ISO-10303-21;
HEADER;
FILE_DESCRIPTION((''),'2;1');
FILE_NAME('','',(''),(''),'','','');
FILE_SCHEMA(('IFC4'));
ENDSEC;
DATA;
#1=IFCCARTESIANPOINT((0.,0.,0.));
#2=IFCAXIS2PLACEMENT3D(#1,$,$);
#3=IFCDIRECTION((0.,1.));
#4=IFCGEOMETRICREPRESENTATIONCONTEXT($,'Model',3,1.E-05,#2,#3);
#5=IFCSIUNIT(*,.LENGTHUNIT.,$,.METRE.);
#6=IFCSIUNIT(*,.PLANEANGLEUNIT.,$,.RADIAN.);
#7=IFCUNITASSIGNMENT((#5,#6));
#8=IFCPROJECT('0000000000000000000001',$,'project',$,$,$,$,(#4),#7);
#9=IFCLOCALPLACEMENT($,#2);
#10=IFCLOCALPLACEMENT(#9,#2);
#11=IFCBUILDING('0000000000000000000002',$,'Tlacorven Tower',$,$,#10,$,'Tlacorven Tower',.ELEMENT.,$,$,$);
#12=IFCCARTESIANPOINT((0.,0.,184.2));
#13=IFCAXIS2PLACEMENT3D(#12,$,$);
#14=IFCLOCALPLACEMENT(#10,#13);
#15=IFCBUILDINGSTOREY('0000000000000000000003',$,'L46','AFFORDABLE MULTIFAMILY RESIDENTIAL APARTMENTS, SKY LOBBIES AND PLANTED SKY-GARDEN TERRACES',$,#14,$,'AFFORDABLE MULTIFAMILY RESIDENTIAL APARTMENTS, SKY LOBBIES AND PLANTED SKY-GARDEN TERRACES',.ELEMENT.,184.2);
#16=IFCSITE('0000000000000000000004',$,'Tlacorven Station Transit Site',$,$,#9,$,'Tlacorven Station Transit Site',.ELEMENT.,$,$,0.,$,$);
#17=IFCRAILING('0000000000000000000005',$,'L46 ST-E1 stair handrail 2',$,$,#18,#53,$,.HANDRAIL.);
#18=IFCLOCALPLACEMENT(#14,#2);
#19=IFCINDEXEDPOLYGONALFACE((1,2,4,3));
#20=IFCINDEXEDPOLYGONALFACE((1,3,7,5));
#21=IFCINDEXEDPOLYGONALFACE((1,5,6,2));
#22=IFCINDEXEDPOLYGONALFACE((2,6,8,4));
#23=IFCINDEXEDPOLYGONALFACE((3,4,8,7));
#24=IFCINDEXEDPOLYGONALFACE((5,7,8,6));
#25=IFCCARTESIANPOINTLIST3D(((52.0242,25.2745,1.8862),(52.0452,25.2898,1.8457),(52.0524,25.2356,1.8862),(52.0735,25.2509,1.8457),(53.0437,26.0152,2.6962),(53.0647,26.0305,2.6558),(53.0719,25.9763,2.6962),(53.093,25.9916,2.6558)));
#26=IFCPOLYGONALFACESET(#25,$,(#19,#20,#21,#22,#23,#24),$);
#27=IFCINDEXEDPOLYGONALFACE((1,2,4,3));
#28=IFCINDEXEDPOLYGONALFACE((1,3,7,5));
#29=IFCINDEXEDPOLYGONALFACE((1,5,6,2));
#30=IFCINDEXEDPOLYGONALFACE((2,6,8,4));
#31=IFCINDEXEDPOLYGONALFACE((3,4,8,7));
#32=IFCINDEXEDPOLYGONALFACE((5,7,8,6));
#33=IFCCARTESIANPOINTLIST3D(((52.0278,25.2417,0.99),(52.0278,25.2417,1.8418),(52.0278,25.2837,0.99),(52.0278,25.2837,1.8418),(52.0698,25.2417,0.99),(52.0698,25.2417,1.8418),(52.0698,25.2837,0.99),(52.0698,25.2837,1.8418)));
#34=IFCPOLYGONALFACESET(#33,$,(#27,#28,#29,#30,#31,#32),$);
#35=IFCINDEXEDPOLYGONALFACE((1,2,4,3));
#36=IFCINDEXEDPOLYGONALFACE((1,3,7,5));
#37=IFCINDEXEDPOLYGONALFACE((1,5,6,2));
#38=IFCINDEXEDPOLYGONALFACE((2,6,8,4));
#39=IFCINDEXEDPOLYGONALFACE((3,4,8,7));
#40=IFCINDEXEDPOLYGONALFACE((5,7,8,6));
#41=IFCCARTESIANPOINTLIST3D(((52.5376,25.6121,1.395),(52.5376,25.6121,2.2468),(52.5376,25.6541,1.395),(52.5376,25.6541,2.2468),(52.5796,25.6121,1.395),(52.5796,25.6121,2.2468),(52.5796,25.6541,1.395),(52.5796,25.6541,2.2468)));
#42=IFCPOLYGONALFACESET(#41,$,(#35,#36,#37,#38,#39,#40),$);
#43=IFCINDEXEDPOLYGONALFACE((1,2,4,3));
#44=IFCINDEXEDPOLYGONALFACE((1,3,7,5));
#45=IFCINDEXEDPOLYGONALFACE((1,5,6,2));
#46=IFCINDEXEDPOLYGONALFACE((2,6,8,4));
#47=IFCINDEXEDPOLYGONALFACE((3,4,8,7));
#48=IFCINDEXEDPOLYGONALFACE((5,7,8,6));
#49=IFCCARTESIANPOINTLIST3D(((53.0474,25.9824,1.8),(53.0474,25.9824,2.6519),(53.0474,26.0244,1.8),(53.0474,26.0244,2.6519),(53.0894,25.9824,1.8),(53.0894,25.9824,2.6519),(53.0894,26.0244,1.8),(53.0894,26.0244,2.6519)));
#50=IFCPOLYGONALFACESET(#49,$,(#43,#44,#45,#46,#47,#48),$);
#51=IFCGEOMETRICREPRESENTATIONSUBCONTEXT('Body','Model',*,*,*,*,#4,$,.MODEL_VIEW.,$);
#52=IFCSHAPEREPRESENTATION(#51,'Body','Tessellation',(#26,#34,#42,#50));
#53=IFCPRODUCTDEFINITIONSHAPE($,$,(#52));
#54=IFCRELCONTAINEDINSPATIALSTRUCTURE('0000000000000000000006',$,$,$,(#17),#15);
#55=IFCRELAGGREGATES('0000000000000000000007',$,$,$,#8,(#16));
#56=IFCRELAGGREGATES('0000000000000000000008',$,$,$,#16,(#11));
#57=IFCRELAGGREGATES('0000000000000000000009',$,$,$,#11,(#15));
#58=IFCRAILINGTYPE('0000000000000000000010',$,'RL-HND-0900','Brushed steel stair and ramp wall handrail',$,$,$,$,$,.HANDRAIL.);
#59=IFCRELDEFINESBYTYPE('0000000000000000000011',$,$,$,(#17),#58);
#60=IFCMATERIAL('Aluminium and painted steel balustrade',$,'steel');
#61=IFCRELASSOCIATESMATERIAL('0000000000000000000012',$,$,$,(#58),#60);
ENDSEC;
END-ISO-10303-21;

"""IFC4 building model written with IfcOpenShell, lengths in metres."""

from ifc_helpers import new_model, si_unit, direction, frame, origin, origin_2d, place, context, subcontext, project, spatial, rectangle, extrude, source, transform, mapped, material, type_object, element, save


model = new_model("IFC4")

# Units and contexts
model_context = context("Model", 3, precision=1e-05, world=origin(), true_north=direction((0.0, 1.0)))
body_context = subcontext(model_context, "Body", "Model", "MODEL_VIEW")
ifc_project = project(units=[si_unit("LENGTHUNIT", "METRE"), si_unit("PLANEANGLEUNIT", "RADIAN")], contexts=[model_context])

# Site, building, storey
site_placement = place(None, origin())
site = spatial("IfcSite", under=ifc_project, at=site_placement, Name="Tlacorven Station Transit Site", LongName="Tlacorven Station Transit Site", CompositionType="ELEMENT", RefElevation=0.0)
building_placement = place(site_placement, origin())
building = spatial("IfcBuilding", under=site, at=building_placement, Name="Tlacorven Tower", LongName="Tlacorven Tower", CompositionType="ELEMENT")
storey_placement = place(building_placement, frame((0.0, 0.0, 184.2)))
storey = spatial("IfcBuildingStorey", under=building, at=storey_placement, Name="L46", Description="AFFORDABLE MULTIFAMILY RESIDENTIAL APARTMENTS, SKY LOBBIES AND PLANTED SKY-GARDEN TERRACES", LongName="AFFORDABLE MULTIFAMILY RESIDENTIAL APARTMENTS, SKY LOBBIES AND PLANTED SKY-GARDEN TERRACES", CompositionType="ELEMENT", Elevation=184.2)

# Railing
ifc_material_1 = material(Name="Aluminium and painted steel balustrade", Category="steel")
railing_type_1 = type_object("IfcRailingType", Name="RL-HND-0900", Description="Brushed steel stair and ramp wall handrail", PredefinedType="HANDRAIL", material=ifc_material_1)
shared_shape_1 = source(origin(), body_context, "Body", "SweptSolid", [
    extrude(rectangle(XDim=0.0481, YDim=0.0481, at=origin_2d()), frame((0.0, 0.0, 0.876), z_axis=(0.680549, 0.494441, 0.540723), x_axis=(-0.58778, 0.809021, 0.0)), (0.0, 0.0, 1.0), 1.498),
    extrude(rectangle(XDim=0.042, YDim=0.042, at=origin_2d()), origin(), (0.0, 0.0, 1.0), 0.8518),
    extrude(rectangle(XDim=0.042, YDim=0.042, at=origin_2d()), frame((0.5098, 0.3704, 0.405)), (0.0, 0.0, 1.0), 0.8518),
    extrude(rectangle(XDim=0.042, YDim=0.042, at=origin_2d()), frame((1.0195, 0.7407, 0.8101)), (0.0, 0.0, 1.0), 0.8518),
])
railing_1_placement = place(storey_placement, frame((52.0488, 25.2627, 0.99)))
element("IfcRailing", 1, at=railing_1_placement, inside=storey, type_object=railing_type_1, Name="L46 ST-E1 stair handrail 2", PredefinedType="HANDRAIL", context=body_context, shape_type="MappedRepresentation", body=[
    mapped(shared_shape_1, transform((0.0, 0.0, 0.0), scale=1.0)),
])

save(model, "model.ifc")
